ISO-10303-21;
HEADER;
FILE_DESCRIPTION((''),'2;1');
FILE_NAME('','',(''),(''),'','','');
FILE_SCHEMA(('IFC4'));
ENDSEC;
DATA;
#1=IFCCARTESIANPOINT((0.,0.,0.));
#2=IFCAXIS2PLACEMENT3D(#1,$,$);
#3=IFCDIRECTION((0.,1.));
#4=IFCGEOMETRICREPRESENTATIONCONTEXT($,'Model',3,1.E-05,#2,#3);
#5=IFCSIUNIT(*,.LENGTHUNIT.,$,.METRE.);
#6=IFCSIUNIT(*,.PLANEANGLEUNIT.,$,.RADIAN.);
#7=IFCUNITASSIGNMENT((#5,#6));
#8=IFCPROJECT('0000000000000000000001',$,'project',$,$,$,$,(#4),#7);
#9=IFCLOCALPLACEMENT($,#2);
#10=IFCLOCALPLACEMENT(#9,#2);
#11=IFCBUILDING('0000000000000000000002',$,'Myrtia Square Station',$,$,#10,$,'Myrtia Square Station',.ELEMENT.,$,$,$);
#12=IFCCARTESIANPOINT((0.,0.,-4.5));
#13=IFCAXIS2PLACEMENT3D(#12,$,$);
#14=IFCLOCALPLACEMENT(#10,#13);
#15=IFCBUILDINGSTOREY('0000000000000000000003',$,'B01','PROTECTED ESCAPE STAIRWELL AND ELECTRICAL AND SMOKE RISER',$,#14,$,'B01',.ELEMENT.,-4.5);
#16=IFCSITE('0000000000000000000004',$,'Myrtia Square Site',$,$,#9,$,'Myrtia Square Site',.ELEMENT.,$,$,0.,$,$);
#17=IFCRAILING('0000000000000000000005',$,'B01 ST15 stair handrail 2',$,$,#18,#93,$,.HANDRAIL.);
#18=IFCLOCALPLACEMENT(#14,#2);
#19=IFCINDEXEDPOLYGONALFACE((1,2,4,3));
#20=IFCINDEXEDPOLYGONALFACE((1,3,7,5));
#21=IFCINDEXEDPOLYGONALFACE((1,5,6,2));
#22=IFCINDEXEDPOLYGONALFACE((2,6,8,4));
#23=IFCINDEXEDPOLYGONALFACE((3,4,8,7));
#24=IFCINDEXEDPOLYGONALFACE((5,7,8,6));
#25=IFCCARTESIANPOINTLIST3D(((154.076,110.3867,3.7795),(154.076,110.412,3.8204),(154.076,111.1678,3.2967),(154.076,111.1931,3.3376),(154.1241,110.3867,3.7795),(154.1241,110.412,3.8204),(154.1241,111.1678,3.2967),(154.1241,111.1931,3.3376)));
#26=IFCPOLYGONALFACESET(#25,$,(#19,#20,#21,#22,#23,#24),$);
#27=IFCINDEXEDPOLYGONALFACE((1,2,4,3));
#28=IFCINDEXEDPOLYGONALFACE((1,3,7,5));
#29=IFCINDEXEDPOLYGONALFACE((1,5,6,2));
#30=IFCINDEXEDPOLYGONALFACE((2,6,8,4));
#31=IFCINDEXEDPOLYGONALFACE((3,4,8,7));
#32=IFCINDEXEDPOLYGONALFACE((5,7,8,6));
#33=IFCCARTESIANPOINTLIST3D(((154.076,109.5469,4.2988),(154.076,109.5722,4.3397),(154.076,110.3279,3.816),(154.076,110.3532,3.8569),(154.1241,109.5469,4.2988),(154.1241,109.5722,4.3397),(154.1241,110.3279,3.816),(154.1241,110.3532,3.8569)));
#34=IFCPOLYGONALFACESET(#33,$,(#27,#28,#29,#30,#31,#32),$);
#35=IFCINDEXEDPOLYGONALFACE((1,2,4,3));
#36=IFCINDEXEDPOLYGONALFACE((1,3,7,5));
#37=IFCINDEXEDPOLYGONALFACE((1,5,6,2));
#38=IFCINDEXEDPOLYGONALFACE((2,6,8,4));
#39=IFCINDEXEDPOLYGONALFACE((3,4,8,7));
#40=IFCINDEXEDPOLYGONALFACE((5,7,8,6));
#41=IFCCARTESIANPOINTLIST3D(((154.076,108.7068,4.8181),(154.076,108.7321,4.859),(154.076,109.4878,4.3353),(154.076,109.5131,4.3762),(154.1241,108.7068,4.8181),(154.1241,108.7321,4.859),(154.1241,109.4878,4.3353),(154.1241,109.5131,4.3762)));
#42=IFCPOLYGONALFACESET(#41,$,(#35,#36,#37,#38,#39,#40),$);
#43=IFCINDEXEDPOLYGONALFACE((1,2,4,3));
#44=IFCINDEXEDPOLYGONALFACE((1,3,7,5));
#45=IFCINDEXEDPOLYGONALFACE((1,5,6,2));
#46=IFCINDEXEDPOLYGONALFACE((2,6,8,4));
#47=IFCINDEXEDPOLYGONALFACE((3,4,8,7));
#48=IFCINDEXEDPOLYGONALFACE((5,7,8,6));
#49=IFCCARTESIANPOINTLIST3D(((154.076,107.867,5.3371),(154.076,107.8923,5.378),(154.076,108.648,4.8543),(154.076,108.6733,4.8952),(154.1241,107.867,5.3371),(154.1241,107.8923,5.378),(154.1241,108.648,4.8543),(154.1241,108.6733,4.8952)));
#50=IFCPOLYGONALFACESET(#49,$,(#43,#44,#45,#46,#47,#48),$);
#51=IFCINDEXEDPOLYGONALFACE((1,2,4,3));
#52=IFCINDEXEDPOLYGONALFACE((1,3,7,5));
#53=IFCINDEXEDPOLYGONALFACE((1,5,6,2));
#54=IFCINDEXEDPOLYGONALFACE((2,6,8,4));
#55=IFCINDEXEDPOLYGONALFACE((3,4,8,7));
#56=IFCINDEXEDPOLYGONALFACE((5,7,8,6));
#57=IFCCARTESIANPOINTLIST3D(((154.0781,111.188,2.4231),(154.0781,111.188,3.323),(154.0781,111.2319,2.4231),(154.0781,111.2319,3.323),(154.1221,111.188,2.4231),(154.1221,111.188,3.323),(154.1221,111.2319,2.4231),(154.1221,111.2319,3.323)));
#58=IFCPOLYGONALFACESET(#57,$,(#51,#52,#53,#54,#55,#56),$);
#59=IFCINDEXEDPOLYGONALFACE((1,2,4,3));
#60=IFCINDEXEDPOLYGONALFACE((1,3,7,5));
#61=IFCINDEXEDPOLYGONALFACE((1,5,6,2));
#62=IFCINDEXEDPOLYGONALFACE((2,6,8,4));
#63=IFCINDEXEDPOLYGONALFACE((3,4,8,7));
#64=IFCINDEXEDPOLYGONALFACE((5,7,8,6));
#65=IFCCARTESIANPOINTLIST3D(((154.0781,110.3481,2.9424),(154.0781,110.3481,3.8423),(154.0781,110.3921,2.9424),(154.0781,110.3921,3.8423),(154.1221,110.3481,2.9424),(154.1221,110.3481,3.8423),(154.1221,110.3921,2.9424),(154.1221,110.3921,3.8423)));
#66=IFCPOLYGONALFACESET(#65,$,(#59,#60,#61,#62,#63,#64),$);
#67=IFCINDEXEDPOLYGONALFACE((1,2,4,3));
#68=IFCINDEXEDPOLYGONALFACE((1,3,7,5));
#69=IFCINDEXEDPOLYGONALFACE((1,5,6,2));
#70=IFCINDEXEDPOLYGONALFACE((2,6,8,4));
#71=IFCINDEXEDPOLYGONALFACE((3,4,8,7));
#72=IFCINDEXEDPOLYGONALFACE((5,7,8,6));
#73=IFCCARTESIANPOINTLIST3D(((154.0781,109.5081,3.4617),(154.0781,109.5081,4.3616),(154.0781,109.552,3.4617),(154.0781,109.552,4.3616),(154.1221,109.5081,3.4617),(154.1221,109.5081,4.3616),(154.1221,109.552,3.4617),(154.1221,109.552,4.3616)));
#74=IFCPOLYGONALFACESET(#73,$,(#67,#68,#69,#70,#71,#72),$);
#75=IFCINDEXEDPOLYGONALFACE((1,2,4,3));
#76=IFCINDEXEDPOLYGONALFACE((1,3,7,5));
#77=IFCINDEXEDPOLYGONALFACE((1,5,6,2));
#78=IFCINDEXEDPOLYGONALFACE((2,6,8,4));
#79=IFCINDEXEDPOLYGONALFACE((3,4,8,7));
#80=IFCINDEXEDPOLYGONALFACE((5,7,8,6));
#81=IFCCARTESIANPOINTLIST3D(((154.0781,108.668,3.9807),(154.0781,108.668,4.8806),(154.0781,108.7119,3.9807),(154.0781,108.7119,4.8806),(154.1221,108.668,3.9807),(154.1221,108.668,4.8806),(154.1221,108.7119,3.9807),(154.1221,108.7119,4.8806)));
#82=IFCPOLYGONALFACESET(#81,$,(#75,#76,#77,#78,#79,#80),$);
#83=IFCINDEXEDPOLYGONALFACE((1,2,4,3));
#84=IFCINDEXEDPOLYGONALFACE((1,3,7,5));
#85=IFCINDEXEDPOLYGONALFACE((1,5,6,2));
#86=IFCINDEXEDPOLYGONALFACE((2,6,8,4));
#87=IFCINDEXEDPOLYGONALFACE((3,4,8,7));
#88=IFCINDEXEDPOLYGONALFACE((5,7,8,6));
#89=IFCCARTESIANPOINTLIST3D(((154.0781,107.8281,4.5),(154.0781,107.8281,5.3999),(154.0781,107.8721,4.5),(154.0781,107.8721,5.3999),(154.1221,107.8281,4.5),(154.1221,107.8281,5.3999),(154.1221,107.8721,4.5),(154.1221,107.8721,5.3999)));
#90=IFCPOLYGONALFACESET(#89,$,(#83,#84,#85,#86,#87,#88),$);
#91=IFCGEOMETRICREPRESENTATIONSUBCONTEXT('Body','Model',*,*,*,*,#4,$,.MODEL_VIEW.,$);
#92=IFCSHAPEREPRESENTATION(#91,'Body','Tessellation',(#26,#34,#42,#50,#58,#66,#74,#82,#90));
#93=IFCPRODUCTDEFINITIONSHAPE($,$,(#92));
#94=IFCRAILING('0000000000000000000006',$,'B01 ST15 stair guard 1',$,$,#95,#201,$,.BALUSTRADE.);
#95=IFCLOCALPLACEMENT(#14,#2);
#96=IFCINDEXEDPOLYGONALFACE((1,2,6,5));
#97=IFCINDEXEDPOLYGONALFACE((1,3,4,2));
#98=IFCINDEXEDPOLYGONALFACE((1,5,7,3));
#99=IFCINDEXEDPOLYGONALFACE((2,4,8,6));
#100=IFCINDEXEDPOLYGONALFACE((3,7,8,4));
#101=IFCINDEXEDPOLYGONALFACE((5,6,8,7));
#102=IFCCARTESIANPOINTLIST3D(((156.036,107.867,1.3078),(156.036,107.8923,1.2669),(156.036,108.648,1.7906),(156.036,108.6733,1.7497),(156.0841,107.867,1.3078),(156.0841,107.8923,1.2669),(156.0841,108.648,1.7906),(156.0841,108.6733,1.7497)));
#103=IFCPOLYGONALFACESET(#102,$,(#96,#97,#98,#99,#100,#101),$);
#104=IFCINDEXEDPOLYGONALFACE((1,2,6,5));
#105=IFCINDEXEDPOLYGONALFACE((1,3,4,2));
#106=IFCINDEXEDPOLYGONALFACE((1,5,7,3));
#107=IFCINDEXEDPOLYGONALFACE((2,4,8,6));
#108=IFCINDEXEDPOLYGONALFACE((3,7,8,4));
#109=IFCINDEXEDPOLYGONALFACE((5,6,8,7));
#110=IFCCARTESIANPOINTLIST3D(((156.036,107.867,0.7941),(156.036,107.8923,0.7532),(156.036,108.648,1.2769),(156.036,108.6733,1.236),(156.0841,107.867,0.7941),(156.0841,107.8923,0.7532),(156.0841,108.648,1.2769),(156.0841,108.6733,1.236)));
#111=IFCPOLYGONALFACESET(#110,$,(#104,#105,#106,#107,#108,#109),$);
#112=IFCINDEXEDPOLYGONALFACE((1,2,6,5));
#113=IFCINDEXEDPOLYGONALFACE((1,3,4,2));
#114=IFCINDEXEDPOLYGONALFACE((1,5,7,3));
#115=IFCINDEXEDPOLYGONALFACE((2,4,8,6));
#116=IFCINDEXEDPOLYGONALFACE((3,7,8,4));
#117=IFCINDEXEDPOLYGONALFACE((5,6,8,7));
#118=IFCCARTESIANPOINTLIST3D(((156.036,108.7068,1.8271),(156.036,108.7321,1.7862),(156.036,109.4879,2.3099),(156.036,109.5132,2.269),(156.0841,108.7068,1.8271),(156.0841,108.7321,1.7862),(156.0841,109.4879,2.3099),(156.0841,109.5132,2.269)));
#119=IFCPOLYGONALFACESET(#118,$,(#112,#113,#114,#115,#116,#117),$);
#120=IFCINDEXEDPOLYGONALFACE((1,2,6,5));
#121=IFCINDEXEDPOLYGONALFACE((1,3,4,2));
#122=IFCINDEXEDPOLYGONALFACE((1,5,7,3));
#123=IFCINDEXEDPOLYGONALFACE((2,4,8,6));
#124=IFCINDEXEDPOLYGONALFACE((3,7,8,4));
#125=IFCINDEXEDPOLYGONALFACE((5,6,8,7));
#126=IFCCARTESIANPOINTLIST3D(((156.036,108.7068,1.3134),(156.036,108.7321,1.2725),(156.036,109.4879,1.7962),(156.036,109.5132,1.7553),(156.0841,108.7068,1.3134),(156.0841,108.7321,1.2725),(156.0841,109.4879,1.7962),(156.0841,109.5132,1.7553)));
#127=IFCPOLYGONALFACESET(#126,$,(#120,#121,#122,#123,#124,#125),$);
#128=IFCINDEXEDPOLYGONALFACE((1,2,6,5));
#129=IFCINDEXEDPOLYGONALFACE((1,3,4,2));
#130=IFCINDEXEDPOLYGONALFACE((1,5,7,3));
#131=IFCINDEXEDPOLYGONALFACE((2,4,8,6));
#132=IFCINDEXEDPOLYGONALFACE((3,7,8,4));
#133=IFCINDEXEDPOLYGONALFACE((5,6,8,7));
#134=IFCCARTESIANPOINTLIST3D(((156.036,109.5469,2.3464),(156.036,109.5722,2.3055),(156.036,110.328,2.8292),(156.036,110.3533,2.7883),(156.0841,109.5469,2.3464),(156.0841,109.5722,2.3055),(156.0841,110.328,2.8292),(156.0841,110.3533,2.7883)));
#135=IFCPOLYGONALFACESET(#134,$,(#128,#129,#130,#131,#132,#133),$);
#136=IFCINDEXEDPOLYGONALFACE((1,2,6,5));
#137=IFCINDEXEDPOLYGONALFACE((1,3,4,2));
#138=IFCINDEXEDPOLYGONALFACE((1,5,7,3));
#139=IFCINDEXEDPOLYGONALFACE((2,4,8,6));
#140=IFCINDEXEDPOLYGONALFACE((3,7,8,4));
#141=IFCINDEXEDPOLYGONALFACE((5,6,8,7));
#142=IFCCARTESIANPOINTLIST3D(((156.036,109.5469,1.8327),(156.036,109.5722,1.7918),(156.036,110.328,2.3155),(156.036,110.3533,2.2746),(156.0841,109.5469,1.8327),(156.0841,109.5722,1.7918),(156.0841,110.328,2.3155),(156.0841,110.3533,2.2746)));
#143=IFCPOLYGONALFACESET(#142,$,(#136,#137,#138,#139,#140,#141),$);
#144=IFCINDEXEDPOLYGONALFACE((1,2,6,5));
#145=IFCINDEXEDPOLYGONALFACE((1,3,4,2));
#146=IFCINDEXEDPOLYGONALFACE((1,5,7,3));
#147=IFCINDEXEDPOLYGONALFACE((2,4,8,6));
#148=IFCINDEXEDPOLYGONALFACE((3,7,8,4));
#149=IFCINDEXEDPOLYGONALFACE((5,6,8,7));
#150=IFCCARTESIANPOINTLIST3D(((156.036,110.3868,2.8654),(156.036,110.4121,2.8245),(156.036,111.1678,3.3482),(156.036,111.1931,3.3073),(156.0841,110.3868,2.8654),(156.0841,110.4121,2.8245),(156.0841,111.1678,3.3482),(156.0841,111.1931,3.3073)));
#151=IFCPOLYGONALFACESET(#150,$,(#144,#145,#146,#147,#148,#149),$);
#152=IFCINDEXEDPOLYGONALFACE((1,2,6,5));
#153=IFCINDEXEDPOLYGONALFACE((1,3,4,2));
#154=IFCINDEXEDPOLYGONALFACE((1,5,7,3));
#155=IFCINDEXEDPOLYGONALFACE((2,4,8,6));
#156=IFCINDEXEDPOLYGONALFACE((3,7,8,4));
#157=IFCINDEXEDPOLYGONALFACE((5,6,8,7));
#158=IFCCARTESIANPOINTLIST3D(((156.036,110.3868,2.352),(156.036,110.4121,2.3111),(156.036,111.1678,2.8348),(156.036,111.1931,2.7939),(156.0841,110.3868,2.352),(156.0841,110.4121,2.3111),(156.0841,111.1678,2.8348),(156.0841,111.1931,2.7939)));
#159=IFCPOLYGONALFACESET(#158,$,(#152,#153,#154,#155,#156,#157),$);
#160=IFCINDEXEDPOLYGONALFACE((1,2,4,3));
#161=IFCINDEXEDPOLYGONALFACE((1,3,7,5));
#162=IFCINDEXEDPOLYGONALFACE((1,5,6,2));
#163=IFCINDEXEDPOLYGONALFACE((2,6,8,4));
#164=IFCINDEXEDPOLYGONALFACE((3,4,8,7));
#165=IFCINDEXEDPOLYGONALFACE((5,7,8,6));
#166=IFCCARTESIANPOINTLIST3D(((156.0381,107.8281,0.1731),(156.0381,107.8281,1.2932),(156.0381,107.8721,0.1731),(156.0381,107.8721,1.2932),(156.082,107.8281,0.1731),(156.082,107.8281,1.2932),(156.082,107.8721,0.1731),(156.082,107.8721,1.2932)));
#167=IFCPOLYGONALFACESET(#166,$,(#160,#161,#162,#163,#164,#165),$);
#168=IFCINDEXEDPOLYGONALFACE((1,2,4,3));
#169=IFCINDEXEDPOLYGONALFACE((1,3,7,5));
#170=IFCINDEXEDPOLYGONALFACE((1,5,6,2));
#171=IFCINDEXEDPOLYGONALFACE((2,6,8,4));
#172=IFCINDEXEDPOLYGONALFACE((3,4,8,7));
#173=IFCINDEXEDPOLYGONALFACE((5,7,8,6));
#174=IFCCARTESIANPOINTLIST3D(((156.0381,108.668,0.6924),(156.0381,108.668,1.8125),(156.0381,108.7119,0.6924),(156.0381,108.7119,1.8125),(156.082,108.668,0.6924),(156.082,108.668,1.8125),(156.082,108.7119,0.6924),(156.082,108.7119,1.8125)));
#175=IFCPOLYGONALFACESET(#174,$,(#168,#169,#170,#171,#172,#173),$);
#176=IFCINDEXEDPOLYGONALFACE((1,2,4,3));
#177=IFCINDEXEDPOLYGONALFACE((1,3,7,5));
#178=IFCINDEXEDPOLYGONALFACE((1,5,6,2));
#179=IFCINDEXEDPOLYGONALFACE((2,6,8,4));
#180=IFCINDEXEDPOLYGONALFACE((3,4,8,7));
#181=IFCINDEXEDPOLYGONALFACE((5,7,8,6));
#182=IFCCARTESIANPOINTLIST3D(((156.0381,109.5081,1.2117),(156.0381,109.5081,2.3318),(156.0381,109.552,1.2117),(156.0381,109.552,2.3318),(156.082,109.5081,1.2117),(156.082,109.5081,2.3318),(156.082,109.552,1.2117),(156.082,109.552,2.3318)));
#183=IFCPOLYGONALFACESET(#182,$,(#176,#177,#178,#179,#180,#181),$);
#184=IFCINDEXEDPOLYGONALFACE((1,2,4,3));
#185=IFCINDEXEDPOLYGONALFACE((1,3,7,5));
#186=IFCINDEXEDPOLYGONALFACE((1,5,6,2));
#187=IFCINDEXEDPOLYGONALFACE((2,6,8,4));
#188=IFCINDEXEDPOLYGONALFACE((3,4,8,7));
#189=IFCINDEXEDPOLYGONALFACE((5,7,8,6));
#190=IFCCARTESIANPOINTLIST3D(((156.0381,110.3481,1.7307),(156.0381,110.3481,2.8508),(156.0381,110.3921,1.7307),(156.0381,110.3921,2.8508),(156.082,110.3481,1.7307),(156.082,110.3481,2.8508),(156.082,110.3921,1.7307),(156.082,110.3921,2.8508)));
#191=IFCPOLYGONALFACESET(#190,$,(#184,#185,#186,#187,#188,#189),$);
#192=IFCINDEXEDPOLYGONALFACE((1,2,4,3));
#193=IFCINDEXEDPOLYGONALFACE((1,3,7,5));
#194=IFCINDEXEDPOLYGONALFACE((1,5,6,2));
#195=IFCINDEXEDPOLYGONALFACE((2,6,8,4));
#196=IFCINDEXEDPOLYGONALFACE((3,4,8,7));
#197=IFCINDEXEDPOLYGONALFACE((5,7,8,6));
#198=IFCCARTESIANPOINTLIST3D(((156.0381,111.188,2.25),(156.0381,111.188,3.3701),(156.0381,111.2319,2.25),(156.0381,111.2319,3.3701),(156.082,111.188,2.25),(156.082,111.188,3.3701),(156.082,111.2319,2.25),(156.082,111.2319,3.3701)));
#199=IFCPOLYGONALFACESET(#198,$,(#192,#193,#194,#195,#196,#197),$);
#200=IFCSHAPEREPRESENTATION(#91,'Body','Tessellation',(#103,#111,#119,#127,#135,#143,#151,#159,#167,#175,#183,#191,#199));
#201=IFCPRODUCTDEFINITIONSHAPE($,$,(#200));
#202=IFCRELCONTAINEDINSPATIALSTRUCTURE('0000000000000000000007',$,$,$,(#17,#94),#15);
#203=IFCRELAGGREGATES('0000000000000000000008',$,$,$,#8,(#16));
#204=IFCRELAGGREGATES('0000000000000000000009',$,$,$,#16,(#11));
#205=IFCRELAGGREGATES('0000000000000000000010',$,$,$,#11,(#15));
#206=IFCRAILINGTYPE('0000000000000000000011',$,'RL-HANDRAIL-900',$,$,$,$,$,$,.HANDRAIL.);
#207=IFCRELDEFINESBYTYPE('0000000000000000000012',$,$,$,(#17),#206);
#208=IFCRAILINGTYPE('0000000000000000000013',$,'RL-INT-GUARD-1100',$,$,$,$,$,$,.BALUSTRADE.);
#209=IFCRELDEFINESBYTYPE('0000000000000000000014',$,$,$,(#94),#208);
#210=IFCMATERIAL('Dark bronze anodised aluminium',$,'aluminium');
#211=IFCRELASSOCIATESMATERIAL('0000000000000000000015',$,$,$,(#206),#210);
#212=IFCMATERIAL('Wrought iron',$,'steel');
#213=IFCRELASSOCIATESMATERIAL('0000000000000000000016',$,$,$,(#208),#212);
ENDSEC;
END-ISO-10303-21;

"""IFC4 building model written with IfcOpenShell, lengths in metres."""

from ifc_helpers import new_model, si_unit, direction, frame, origin, origin_2d, place, context, subcontext, project, spatial, rectangle, extrude, material, type_object, element, save


model = new_model("IFC4")

# Units and contexts
model_context = context("Model", 3, precision=1e-05, world=origin(), true_north=direction((0.0, 1.0)))
body_context = subcontext(model_context, "Body", "Model", "MODEL_VIEW")
ifc_project = project(units=[si_unit("LENGTHUNIT", "METRE"), si_unit("PLANEANGLEUNIT", "RADIAN")], contexts=[model_context])

# Site, building, storey
site_placement = place(None, origin())
site = spatial("IfcSite", under=ifc_project, at=site_placement, Name="Myrtia Square Site", LongName="Myrtia Square Site", CompositionType="ELEMENT", RefElevation=0.0)
building_placement = place(site_placement, origin())
building = spatial("IfcBuilding", under=site, at=building_placement, Name="Myrtia Square Station", LongName="Myrtia Square Station", CompositionType="ELEMENT")
storey_placement = place(building_placement, frame((0.0, 0.0, -4.5)))
storey = spatial("IfcBuildingStorey", under=building, at=storey_placement, Name="B01", Description="PROTECTED ESCAPE STAIRWELL AND ELECTRICAL AND SMOKE RISER", LongName="B01", CompositionType="ELEMENT", Elevation=-4.5)

# Shared definitions
ifc_material_1 = material(Name="Dark bronze anodised aluminium", Category="aluminium")

# Railings
railing_type_1 = type_object("IfcRailingType", Name="RL-HANDRAIL-900", PredefinedType="HANDRAIL", material=ifc_material_1)
railing_1_placement = place(storey_placement, frame((154.1001, 111.21, 2.4231)))
element("IfcRailing", 1, at=railing_1_placement, inside=storey, type_object=railing_type_1, Name="B01 ST15 stair handrail 2", PredefinedType="HANDRAIL", context=body_context, shape_type="SweptSolid", body=[
    extrude(rectangle(XDim=0.0481, YDim=0.0481, at=origin_2d()), frame((0.0, -0.0295, 0.894), z_axis=(0.0, -0.850606, 0.525803), x_axis=(1.0, 0.0, 0.0)), (0.0, 0.0, 1.0), 0.9182),
    extrude(rectangle(XDim=0.0481, YDim=0.0481, at=origin_2d()), frame((0.0, -0.8694, 1.4133), z_axis=(0.0, -0.850606, 0.525803), x_axis=(1.0, 0.0, 0.0)), (0.0, 0.0, 1.0), 0.9182),
    extrude(rectangle(XDim=0.0481, YDim=0.0481, at=origin_2d()), frame((0.0, -1.7095, 1.9326), z_axis=(0.0, -0.850606, 0.525803), x_axis=(1.0, 0.0, 0.0)), (0.0, 0.0, 1.0), 0.9182),
    extrude(rectangle(XDim=0.0481, YDim=0.0481, at=origin_2d()), frame((0.0, -2.5493, 2.4517), z_axis=(0.0, -0.850606, 0.525803), x_axis=(1.0, 0.0, 0.0)), (0.0, 0.0, 1.0), 0.9182),
    extrude(rectangle(XDim=0.0439, YDim=0.0439, at=origin_2d()), origin(), (0.0, 0.0, 1.0), 0.8999),
    extrude(rectangle(XDim=0.0439, YDim=0.0439, at=origin_2d()), frame((0.0, -0.8398, 0.5193)), (0.0, 0.0, 1.0), 0.8999),
    extrude(rectangle(XDim=0.0439, YDim=0.0439, at=origin_2d()), frame((0.0, -1.6799, 1.0386)), (0.0, 0.0, 1.0), 0.8999),
    extrude(rectangle(XDim=0.0439, YDim=0.0439, at=origin_2d()), frame((0.0, -2.52, 1.5576)), (0.0, 0.0, 1.0), 0.8999),
    extrude(rectangle(XDim=0.0439, YDim=0.0439, at=origin_2d()), frame((0.0, -3.3599, 2.0769)), (0.0, 0.0, 1.0), 0.8999),
])
ifc_material_2 = material(Name="Wrought iron", Category="steel")
railing_type_2 = type_object("IfcRailingType", Name="RL-INT-GUARD-1100", PredefinedType="BALUSTRADE", material=ifc_material_2)
railing_2_placement = place(storey_placement, frame((156.0601, 107.8501, 0.1731)))
element("IfcRailing", 2, at=railing_2_placement, inside=storey, type_object=railing_type_2, Name="B01 ST15 stair guard 1", PredefinedType="BALUSTRADE", context=body_context, shape_type="SweptSolid", body=[
    extrude(rectangle(XDim=0.0481, YDim=0.0481, at=origin_2d()), frame((0.0, 0.0295, 1.1143), z_axis=(0.0, 0.850606, 0.525803), x_axis=(-1.0, 0.0, 0.0)), (0.0, 0.0, 1.0), 0.9182),
    extrude(rectangle(XDim=0.0481, YDim=0.0481, at=origin_2d()), frame((0.0, 0.0295, 0.6006), z_axis=(0.0, 0.850606, 0.525803), x_axis=(-1.0, 0.0, 0.0)), (0.0, 0.0, 1.0), 0.9182),
    extrude(rectangle(XDim=0.0481, YDim=0.0481, at=origin_2d()), frame((0.0, 0.8694, 1.6335), z_axis=(0.0, 0.850606, 0.525803), x_axis=(-1.0, 0.0, 0.0)), (0.0, 0.0, 1.0), 0.9182),
    extrude(rectangle(XDim=0.0481, YDim=0.0481, at=origin_2d()), frame((0.0, 0.8694, 1.1199), z_axis=(0.0, 0.850606, 0.525803), x_axis=(-1.0, 0.0, 0.0)), (0.0, 0.0, 1.0), 0.9182),
    extrude(rectangle(XDim=0.0481, YDim=0.0481, at=origin_2d()), frame((0.0, 1.7095, 2.1528), z_axis=(0.0, 0.850606, 0.525803), x_axis=(-1.0, 0.0, 0.0)), (0.0, 0.0, 1.0), 0.9182),
    extrude(rectangle(XDim=0.0481, YDim=0.0481, at=origin_2d()), frame((0.0, 1.7095, 1.6392), z_axis=(0.0, 0.850606, 0.525803), x_axis=(-1.0, 0.0, 0.0)), (0.0, 0.0, 1.0), 0.9182),
    extrude(rectangle(XDim=0.0481, YDim=0.0481, at=origin_2d()), frame((0.0, 2.5493, 2.6719), z_axis=(0.0, 0.850606, 0.525803), x_axis=(-1.0, 0.0, 0.0)), (0.0, 0.0, 1.0), 0.9182),
    extrude(rectangle(XDim=0.0481, YDim=0.0481, at=origin_2d()), frame((0.0, 2.5493, 2.1584), z_axis=(0.0, 0.850606, 0.525803), x_axis=(-1.0, 0.0, 0.0)), (0.0, 0.0, 1.0), 0.9182),
    extrude(rectangle(XDim=0.0439, YDim=0.0439, at=origin_2d()), origin(), (0.0, 0.0, 1.0), 1.1201),
    extrude(rectangle(XDim=0.0439, YDim=0.0439, at=origin_2d()), frame((0.0, 0.8398, 0.5193)), (0.0, 0.0, 1.0), 1.1201),
    extrude(rectangle(XDim=0.0439, YDim=0.0439, at=origin_2d()), frame((0.0, 1.6799, 1.0386)), (0.0, 0.0, 1.0), 1.1201),
    extrude(rectangle(XDim=0.0439, YDim=0.0439, at=origin_2d()), frame((0.0, 2.52, 1.5576)), (0.0, 0.0, 1.0), 1.1201),
    extrude(rectangle(XDim=0.0439, YDim=0.0439, at=origin_2d()), frame((0.0, 3.3599, 2.0769)), (0.0, 0.0, 1.0), 1.1201),
])

save(model, "model.ifc")
